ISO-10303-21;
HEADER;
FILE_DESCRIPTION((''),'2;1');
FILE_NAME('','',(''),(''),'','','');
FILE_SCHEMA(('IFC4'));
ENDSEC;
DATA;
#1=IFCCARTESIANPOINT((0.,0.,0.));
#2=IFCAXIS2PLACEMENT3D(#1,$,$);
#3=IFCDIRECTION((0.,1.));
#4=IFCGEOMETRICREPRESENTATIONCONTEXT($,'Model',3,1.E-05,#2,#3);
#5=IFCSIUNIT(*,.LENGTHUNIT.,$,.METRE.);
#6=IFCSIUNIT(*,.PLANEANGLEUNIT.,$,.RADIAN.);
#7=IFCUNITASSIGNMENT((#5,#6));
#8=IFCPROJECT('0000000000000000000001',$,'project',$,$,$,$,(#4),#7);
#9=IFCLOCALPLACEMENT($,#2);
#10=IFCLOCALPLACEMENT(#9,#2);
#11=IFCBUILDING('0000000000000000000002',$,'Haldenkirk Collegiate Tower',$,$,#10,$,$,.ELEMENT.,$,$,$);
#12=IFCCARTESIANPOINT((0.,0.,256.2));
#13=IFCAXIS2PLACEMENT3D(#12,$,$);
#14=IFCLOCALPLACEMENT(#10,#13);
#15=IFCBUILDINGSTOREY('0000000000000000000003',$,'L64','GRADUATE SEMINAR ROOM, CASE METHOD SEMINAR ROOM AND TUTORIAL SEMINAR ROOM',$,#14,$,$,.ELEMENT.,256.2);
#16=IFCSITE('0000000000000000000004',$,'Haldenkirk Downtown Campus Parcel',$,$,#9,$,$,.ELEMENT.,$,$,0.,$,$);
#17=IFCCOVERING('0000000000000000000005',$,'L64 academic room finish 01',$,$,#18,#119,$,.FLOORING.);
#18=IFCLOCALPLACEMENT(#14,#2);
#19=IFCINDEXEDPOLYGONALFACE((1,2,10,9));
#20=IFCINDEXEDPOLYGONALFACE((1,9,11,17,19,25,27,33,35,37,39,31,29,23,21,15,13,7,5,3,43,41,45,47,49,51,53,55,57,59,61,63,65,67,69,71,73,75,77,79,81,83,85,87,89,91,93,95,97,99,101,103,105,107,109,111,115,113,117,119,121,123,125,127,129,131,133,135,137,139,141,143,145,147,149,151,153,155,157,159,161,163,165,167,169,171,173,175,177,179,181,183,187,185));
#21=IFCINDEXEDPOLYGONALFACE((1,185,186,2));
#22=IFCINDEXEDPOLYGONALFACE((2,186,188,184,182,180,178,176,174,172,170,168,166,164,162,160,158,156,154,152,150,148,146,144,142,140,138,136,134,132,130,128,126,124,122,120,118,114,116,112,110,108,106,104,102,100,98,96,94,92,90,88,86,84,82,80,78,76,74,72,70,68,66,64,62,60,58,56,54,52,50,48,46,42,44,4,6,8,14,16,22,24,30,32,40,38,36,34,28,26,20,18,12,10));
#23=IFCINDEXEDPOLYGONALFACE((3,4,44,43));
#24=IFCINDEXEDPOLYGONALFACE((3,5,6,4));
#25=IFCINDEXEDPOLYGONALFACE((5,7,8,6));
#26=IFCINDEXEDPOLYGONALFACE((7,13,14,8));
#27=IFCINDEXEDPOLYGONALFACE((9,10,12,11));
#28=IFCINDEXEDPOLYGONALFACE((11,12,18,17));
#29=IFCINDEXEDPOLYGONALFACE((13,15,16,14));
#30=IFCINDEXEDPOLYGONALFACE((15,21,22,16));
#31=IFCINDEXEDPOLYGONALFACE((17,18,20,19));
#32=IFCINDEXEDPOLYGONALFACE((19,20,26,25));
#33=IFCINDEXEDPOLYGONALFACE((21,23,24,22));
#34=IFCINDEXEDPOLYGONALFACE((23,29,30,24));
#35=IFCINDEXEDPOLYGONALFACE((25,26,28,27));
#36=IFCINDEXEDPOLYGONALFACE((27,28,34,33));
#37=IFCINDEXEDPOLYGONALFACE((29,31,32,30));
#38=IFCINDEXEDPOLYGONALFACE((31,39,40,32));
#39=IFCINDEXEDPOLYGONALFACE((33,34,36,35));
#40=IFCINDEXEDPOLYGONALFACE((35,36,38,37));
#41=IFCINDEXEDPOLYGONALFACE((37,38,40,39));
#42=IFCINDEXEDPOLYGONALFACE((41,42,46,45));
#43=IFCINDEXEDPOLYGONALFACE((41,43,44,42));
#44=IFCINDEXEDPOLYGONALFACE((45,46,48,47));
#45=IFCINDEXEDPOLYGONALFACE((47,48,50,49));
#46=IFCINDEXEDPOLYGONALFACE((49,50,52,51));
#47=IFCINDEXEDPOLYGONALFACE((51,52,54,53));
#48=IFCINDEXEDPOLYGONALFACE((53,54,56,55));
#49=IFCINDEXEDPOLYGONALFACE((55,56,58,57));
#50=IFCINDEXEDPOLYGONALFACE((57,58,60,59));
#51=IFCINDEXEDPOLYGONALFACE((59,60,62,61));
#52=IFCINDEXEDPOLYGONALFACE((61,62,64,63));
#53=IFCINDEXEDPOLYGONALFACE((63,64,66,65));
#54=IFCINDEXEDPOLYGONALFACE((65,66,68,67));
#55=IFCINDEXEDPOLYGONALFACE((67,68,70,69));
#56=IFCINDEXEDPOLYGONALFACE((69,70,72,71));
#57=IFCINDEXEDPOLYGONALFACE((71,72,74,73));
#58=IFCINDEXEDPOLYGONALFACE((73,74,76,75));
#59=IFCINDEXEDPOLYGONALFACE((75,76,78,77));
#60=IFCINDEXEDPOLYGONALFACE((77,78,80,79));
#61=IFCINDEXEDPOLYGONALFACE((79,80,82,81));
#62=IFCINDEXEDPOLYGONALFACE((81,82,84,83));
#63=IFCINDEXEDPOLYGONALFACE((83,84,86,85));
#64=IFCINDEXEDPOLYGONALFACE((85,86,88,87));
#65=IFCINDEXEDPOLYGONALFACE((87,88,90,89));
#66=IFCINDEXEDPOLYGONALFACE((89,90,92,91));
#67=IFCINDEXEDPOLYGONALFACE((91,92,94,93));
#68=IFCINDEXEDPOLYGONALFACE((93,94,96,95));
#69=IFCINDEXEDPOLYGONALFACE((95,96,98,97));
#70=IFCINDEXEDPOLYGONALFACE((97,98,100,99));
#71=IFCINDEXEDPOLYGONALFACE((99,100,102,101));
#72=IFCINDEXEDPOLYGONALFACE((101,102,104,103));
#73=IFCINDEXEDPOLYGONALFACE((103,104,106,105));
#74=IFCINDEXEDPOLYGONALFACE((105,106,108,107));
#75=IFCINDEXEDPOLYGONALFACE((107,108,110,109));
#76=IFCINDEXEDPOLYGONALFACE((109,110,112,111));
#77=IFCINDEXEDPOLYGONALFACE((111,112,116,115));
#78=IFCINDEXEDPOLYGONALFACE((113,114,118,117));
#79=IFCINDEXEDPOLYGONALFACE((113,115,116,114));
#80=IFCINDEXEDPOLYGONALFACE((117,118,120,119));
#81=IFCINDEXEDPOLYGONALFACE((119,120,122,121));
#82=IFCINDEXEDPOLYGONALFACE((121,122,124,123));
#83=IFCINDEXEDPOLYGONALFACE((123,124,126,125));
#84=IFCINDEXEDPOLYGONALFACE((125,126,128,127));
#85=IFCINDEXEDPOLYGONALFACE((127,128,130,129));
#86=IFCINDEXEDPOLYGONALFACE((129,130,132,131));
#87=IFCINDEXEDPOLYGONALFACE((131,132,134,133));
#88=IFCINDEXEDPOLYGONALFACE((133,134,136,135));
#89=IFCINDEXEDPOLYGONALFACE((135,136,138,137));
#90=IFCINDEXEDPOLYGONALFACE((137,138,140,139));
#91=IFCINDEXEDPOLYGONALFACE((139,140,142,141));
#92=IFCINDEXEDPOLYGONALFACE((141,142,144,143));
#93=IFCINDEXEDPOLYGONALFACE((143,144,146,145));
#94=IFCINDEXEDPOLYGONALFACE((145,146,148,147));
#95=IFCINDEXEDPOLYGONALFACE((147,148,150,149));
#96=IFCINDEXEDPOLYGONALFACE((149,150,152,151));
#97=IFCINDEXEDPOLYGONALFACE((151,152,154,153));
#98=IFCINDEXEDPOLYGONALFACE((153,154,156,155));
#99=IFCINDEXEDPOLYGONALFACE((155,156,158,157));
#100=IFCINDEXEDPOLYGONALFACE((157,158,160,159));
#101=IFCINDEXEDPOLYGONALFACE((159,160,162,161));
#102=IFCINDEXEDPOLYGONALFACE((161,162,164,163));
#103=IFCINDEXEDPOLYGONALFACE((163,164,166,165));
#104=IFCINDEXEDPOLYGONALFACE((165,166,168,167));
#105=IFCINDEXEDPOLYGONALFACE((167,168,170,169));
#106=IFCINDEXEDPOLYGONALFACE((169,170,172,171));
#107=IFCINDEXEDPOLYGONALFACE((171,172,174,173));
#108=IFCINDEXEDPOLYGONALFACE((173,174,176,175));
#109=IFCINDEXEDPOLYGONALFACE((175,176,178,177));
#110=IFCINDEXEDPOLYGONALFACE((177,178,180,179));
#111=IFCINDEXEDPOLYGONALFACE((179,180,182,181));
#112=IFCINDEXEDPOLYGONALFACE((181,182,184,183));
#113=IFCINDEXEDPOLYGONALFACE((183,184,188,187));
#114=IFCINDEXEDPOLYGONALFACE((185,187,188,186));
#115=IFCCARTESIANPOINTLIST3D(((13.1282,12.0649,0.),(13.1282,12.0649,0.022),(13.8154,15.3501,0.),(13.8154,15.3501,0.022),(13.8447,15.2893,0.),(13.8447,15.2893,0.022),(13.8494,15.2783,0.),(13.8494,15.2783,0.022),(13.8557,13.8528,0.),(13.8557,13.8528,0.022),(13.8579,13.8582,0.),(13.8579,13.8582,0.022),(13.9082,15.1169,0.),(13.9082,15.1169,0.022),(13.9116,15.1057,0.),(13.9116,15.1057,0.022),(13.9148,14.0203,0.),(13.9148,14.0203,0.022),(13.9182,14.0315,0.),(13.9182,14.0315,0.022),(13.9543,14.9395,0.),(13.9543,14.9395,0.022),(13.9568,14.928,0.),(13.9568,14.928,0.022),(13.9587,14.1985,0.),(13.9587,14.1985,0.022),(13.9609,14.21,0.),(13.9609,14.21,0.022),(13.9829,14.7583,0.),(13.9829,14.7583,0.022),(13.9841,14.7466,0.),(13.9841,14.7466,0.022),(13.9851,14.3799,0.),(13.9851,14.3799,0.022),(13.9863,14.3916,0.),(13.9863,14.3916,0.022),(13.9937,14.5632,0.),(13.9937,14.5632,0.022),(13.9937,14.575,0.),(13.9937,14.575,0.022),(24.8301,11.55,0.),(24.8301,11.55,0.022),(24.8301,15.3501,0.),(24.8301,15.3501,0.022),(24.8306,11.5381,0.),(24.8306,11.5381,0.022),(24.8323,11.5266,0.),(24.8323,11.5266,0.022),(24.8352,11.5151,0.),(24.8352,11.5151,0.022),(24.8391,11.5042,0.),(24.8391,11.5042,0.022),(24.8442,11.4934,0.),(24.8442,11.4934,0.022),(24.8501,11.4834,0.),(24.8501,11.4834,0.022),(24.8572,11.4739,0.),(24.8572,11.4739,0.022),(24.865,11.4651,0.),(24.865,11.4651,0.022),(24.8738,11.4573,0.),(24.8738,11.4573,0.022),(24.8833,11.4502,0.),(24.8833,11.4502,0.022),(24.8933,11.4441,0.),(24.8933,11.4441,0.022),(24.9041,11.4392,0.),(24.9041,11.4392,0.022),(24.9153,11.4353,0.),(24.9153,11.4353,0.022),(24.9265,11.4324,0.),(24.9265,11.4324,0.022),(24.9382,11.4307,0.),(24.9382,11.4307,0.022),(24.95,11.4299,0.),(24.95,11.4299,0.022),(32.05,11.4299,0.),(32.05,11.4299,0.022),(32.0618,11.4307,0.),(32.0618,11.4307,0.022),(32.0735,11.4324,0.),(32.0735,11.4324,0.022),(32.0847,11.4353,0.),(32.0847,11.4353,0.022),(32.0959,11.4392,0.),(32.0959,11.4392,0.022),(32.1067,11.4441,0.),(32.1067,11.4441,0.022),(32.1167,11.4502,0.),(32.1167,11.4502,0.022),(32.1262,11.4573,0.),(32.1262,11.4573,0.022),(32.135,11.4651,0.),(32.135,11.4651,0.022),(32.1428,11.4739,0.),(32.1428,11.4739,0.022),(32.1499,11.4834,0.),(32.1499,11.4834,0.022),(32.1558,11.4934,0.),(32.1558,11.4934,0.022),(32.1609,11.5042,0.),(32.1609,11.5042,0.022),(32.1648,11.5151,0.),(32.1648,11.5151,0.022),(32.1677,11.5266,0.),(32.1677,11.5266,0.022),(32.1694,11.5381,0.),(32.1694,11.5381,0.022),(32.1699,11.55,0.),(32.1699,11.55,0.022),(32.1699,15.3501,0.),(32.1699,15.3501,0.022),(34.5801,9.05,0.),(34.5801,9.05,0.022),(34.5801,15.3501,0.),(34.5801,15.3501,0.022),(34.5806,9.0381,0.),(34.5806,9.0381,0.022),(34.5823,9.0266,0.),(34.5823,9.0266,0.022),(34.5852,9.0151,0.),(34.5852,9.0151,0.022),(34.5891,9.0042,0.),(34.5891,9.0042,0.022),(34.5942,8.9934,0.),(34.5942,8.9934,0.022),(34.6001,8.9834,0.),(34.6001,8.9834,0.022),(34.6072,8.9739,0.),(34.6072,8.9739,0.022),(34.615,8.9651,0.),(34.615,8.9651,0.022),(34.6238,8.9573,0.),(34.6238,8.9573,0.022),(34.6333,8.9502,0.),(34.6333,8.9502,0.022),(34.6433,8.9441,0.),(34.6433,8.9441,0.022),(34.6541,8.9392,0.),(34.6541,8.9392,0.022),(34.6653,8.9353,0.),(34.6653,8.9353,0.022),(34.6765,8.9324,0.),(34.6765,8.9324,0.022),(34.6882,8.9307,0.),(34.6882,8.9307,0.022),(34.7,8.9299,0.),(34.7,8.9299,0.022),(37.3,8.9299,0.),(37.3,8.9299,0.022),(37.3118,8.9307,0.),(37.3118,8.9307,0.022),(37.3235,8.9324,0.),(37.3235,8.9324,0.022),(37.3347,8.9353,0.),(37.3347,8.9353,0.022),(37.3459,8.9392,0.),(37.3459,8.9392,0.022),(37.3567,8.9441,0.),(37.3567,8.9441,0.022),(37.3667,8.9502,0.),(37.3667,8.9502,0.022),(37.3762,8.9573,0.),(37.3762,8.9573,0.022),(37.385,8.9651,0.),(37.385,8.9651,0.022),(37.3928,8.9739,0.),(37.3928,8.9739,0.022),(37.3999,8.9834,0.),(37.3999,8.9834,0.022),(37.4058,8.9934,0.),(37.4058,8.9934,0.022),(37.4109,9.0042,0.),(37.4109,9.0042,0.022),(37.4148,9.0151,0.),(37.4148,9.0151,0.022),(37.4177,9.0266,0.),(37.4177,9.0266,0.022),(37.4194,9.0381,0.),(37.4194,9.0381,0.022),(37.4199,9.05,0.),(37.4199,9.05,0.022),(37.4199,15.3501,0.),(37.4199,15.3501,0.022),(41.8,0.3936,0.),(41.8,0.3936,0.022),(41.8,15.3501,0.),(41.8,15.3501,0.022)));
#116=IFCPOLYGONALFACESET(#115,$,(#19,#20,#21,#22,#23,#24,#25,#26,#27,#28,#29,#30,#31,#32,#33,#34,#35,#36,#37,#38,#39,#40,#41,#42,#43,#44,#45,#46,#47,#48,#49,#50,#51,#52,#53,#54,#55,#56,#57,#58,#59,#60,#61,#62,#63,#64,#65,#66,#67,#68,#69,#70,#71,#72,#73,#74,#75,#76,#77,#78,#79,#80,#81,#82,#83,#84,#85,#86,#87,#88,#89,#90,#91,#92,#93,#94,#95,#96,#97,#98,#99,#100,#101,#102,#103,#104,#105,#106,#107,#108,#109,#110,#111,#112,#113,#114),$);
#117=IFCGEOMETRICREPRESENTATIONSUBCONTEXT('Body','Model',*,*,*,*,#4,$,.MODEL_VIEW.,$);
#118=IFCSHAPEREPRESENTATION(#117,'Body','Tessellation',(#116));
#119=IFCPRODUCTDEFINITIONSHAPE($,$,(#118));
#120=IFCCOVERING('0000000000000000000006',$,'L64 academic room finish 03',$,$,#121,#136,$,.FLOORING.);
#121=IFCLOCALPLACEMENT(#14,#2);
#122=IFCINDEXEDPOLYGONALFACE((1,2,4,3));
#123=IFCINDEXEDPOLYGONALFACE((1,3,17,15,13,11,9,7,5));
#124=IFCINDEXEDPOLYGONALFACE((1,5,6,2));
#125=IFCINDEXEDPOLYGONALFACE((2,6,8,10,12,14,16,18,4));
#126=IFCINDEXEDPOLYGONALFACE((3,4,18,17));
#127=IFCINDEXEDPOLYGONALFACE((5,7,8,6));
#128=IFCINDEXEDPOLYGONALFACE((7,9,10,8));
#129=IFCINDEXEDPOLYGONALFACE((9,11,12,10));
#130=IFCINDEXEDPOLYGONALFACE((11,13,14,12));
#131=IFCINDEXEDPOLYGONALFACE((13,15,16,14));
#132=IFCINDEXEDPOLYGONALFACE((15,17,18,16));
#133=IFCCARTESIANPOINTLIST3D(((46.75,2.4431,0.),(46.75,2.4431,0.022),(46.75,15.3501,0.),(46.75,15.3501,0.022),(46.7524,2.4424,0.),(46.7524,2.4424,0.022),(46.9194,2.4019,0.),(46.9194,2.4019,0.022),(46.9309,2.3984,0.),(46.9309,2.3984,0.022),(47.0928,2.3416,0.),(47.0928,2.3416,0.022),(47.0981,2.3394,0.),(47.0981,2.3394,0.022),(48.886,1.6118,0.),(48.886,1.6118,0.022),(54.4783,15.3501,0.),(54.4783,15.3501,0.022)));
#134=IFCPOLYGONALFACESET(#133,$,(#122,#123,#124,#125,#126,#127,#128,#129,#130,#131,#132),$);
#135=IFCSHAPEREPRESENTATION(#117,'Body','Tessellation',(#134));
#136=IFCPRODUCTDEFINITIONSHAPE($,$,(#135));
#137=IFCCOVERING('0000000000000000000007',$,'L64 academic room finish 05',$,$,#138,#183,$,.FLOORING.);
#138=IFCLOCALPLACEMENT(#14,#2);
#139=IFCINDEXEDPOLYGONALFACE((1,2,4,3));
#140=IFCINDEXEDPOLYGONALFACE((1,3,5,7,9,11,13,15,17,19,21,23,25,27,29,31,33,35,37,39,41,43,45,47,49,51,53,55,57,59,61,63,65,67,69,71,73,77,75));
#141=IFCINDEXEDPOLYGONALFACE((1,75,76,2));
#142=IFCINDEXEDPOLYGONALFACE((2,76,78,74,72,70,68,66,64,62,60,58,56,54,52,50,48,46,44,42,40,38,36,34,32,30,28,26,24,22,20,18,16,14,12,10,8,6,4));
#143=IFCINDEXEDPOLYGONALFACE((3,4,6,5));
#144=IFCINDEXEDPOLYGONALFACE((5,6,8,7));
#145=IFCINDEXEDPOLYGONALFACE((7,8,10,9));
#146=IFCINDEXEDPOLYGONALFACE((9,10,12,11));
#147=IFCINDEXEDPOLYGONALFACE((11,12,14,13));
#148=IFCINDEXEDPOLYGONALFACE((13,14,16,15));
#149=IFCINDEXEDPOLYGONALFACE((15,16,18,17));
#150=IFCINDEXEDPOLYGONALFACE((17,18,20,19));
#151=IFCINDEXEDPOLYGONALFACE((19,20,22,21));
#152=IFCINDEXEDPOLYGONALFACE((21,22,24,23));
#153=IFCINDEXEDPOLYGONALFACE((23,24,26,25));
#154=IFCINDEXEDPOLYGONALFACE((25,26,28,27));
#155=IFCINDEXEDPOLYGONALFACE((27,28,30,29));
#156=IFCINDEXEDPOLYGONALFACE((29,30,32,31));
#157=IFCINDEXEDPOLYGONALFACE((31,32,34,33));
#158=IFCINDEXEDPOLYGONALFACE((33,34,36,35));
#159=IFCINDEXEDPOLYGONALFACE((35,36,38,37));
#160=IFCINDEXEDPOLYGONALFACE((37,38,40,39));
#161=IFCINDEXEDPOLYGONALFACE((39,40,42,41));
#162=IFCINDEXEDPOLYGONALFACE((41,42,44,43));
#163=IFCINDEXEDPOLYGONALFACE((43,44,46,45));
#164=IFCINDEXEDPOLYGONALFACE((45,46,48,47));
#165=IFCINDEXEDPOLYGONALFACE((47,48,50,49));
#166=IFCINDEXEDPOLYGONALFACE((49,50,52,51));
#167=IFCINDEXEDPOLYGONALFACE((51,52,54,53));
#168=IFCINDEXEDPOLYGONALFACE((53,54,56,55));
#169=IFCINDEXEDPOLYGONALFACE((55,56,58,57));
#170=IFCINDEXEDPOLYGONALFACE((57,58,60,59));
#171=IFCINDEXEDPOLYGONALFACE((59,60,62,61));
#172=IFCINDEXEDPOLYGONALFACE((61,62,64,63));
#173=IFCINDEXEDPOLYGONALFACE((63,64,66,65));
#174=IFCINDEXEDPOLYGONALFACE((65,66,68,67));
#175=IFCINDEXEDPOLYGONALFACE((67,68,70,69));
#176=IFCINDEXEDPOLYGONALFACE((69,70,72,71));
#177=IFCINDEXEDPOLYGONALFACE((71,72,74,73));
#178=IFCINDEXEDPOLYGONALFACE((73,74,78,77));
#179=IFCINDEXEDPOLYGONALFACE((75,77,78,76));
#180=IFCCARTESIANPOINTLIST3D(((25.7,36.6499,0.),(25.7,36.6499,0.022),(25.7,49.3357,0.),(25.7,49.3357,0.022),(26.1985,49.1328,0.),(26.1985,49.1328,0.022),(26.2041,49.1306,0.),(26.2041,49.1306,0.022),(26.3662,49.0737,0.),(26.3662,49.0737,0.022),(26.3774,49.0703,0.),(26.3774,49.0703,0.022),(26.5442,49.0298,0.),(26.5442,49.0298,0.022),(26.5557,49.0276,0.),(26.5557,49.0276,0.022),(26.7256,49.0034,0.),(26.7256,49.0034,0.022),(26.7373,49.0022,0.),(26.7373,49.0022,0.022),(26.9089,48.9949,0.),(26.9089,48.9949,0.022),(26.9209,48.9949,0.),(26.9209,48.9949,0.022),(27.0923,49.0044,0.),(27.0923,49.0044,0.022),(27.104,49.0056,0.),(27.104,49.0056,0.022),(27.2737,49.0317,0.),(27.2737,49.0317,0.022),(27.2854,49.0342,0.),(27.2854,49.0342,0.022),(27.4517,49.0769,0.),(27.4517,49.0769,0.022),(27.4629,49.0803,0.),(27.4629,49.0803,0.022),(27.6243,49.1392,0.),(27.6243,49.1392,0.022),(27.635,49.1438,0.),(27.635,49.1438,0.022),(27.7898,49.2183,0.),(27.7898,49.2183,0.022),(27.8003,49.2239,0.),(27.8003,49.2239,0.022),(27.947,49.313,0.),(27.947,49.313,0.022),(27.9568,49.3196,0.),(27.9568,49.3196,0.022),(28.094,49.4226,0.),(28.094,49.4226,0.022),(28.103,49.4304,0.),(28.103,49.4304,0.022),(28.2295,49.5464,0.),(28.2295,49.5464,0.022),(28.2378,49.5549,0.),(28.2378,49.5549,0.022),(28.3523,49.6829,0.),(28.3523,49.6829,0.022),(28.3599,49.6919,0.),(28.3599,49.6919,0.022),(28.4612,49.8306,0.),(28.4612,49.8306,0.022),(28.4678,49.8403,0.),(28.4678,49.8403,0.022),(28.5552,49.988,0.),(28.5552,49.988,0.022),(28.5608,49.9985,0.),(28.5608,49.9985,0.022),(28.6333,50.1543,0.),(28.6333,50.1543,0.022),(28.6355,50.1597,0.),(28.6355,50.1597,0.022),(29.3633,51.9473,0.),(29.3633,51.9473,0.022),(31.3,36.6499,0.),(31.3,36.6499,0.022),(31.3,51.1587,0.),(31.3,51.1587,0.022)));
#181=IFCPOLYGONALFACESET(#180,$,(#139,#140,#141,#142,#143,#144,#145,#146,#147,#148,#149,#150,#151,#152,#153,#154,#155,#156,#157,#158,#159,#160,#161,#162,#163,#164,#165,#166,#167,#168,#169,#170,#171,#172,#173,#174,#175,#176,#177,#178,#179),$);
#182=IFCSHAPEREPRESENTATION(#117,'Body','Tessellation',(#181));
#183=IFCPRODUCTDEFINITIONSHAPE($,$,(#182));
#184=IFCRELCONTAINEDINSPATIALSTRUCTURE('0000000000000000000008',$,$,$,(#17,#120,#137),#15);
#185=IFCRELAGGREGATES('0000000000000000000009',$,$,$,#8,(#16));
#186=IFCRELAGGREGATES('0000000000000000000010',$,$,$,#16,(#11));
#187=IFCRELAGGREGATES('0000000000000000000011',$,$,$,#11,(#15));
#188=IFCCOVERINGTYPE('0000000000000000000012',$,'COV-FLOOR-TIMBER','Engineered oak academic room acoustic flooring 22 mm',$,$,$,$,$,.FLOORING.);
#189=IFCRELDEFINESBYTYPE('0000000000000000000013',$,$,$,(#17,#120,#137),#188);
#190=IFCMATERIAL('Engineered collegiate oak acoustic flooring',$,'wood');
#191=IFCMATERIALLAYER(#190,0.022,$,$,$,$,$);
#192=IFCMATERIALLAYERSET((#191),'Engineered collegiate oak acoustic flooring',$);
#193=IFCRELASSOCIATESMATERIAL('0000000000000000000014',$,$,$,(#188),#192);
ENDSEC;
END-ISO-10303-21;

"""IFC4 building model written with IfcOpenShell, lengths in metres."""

from ifc_helpers import new_model, si_unit, direction, frame, origin, place, context, subcontext, project, spatial, polyline, outline, extrude, material, layer, layer_set, type_object, element, save


model = new_model("IFC4")

# Units and contexts
model_context = context("Model", 3, precision=1e-05, world=origin(), true_north=direction((0.0, 1.0)))
body_context = subcontext(model_context, "Body", "Model", "MODEL_VIEW")
ifc_project = project(units=[si_unit("LENGTHUNIT", "METRE"), si_unit("PLANEANGLEUNIT", "RADIAN")], contexts=[model_context])

# Site, building, storey
site_placement = place(None, origin())
site = spatial("IfcSite", under=ifc_project, at=site_placement, Name="Haldenkirk Downtown Campus Parcel", CompositionType="ELEMENT", RefElevation=0.0)
building_placement = place(site_placement, origin())
building = spatial("IfcBuilding", under=site, at=building_placement, Name="Haldenkirk Collegiate Tower", CompositionType="ELEMENT")
storey_placement = place(building_placement, frame((0.0, 0.0, 256.2)))
storey = spatial("IfcBuildingStorey", under=building, at=storey_placement, Name="L64", Description="GRADUATE SEMINAR ROOM, CASE METHOD SEMINAR ROOM AND TUTORIAL SEMINAR ROOM", CompositionType="ELEMENT", Elevation=256.2)

# Coverings
ifc_material_1 = material(Name="Engineered collegiate oak acoustic flooring", Category="wood")
ifc_layer_1 = layer(ifc_material_1, 0.022)
ifc_layer_set_1 = layer_set([ifc_layer_1], Name="Engineered collegiate oak acoustic flooring")
covering_type_1 = type_object("IfcCoveringType", Name="COV-FLOOR-TIMBER", Description="Engineered oak academic room acoustic flooring 22 mm", PredefinedType="FLOORING", material=ifc_layer_set_1)
covering_1_placement = place(storey_placement, origin())
element("IfcCovering", 1, at=covering_1_placement, inside=storey, type_object=covering_type_1, Name="L64 academic room finish 01", PredefinedType="FLOORING", context=body_context, shape_type="SweptSolid", body=[
    extrude(outline(polyline([(13.1282, 12.0649), (13.8557, 13.8528), (13.8579, 13.8582), (13.9148, 14.0203), (13.9182, 14.0315), (13.9587, 14.1985), (13.9609, 14.21), (13.9851, 14.3799), (13.9863, 14.3916), (13.9937, 14.5632), (13.9937, 14.575), (13.9841, 14.7466), (13.9829, 14.7583), (13.9568, 14.928), (13.9543, 14.9395), (13.9116, 15.1057), (13.9082, 15.1169), (13.8494, 15.2783), (13.8447, 15.2893), (13.8154, 15.3501), (24.8301, 15.3501), (24.8301, 11.55), (24.8306, 11.5381), (24.8323, 11.5266), (24.8352, 11.5151), (24.8391, 11.5042), (24.8442, 11.4934), (24.8501, 11.4834), (24.8572, 11.4739), (24.865, 11.4651), (24.8738, 11.4573), (24.8833, 11.4502), (24.8933, 11.4441), (24.9041, 11.4392), (24.9153, 11.4353), (24.9265, 11.4324), (24.9382, 11.4307), (24.95, 11.4299), (32.05, 11.4299), (32.0618, 11.4307), (32.0735, 11.4324), (32.0847, 11.4353), (32.0959, 11.4392), (32.1067, 11.4441), (32.1167, 11.4502), (32.1262, 11.4573), (32.135, 11.4651), (32.1428, 11.4739), (32.1499, 11.4834), (32.1558, 11.4934), (32.1609, 11.5042), (32.1648, 11.5151), (32.1677, 11.5266), (32.1694, 11.5381), (32.1699, 11.55), (32.1699, 15.3501), (34.5801, 15.3501), (34.5801, 9.05), (34.5806, 9.0381), (34.5823, 9.0266), (34.5852, 9.0151), (34.5891, 9.0042), (34.5942, 8.9934), (34.6001, 8.9834), (34.6072, 8.9739), (34.615, 8.9651), (34.6238, 8.9573), (34.6333, 8.9502), (34.6433, 8.9441), (34.6541, 8.9392), (34.6653, 8.9353), (34.6765, 8.9324), (34.6882, 8.9307), (34.7, 8.9299), (37.3, 8.9299), (37.3118, 8.9307), (37.3235, 8.9324), (37.3347, 8.9353), (37.3459, 8.9392), (37.3567, 8.9441), (37.3667, 8.9502), (37.3762, 8.9573), (37.385, 8.9651), (37.3928, 8.9739), (37.3999, 8.9834), (37.4058, 8.9934), (37.4109, 9.0042), (37.4148, 9.0151), (37.4177, 9.0266), (37.4194, 9.0381), (37.4199, 9.05), (37.4199, 15.3501), (41.8, 15.3501), (41.8, 0.3936), (13.1282, 12.0649)])), origin(), (0.0, 0.0, 1.0), 0.022),
])
covering_2_placement = place(storey_placement, origin())
element("IfcCovering", 2, at=covering_2_placement, inside=storey, type_object=covering_type_1, Name="L64 academic room finish 03", PredefinedType="FLOORING", context=body_context, shape_type="SweptSolid", body=[
    extrude(outline(polyline([(46.75, 2.4431), (46.75, 15.3501), (54.4783, 15.3501), (48.886, 1.6118), (47.0981, 2.3394), (47.0928, 2.3416), (46.9309, 2.3984), (46.9194, 2.4019), (46.7524, 2.4424), (46.75, 2.4431)])), origin(), (0.0, 0.0, 1.0), 0.022),
])
covering_3_placement = place(storey_placement, origin())
element("IfcCovering", 3, at=covering_3_placement, inside=storey, type_object=covering_type_1, Name="L64 academic room finish 05", PredefinedType="FLOORING", context=body_context, shape_type="SweptSolid", body=[
    extrude(outline(polyline([(26.1985, 49.1328), (26.2041, 49.1306), (26.3662, 49.0737), (26.3774, 49.0703), (26.5442, 49.0298), (26.5557, 49.0276), (26.7256, 49.0034), (26.7373, 49.0022), (26.9089, 48.9949), (26.9209, 48.9949), (27.0923, 49.0044), (27.104, 49.0056), (27.2737, 49.0317), (27.2854, 49.0342), (27.4517, 49.0769), (27.4629, 49.0803), (27.6243, 49.1392), (27.635, 49.1438), (27.7898, 49.2183), (27.8003, 49.2239), (27.947, 49.313), (27.9568, 49.3196), (28.094, 49.4226), (28.103, 49.4304), (28.2295, 49.5464), (28.2378, 49.5549), (28.3523, 49.6829), (28.3599, 49.6919), (28.4612, 49.8306), (28.4678, 49.8403), (28.5552, 49.988), (28.5608, 49.9985), (28.6333, 50.1543), (28.6355, 50.1597), (29.3633, 51.9473), (31.3, 51.1587), (31.3, 36.6499), (25.7, 36.6499), (25.7, 49.3357), (26.1985, 49.1328)])), origin(), (0.0, 0.0, 1.0), 0.022),
])

save(model, "model.ifc")
